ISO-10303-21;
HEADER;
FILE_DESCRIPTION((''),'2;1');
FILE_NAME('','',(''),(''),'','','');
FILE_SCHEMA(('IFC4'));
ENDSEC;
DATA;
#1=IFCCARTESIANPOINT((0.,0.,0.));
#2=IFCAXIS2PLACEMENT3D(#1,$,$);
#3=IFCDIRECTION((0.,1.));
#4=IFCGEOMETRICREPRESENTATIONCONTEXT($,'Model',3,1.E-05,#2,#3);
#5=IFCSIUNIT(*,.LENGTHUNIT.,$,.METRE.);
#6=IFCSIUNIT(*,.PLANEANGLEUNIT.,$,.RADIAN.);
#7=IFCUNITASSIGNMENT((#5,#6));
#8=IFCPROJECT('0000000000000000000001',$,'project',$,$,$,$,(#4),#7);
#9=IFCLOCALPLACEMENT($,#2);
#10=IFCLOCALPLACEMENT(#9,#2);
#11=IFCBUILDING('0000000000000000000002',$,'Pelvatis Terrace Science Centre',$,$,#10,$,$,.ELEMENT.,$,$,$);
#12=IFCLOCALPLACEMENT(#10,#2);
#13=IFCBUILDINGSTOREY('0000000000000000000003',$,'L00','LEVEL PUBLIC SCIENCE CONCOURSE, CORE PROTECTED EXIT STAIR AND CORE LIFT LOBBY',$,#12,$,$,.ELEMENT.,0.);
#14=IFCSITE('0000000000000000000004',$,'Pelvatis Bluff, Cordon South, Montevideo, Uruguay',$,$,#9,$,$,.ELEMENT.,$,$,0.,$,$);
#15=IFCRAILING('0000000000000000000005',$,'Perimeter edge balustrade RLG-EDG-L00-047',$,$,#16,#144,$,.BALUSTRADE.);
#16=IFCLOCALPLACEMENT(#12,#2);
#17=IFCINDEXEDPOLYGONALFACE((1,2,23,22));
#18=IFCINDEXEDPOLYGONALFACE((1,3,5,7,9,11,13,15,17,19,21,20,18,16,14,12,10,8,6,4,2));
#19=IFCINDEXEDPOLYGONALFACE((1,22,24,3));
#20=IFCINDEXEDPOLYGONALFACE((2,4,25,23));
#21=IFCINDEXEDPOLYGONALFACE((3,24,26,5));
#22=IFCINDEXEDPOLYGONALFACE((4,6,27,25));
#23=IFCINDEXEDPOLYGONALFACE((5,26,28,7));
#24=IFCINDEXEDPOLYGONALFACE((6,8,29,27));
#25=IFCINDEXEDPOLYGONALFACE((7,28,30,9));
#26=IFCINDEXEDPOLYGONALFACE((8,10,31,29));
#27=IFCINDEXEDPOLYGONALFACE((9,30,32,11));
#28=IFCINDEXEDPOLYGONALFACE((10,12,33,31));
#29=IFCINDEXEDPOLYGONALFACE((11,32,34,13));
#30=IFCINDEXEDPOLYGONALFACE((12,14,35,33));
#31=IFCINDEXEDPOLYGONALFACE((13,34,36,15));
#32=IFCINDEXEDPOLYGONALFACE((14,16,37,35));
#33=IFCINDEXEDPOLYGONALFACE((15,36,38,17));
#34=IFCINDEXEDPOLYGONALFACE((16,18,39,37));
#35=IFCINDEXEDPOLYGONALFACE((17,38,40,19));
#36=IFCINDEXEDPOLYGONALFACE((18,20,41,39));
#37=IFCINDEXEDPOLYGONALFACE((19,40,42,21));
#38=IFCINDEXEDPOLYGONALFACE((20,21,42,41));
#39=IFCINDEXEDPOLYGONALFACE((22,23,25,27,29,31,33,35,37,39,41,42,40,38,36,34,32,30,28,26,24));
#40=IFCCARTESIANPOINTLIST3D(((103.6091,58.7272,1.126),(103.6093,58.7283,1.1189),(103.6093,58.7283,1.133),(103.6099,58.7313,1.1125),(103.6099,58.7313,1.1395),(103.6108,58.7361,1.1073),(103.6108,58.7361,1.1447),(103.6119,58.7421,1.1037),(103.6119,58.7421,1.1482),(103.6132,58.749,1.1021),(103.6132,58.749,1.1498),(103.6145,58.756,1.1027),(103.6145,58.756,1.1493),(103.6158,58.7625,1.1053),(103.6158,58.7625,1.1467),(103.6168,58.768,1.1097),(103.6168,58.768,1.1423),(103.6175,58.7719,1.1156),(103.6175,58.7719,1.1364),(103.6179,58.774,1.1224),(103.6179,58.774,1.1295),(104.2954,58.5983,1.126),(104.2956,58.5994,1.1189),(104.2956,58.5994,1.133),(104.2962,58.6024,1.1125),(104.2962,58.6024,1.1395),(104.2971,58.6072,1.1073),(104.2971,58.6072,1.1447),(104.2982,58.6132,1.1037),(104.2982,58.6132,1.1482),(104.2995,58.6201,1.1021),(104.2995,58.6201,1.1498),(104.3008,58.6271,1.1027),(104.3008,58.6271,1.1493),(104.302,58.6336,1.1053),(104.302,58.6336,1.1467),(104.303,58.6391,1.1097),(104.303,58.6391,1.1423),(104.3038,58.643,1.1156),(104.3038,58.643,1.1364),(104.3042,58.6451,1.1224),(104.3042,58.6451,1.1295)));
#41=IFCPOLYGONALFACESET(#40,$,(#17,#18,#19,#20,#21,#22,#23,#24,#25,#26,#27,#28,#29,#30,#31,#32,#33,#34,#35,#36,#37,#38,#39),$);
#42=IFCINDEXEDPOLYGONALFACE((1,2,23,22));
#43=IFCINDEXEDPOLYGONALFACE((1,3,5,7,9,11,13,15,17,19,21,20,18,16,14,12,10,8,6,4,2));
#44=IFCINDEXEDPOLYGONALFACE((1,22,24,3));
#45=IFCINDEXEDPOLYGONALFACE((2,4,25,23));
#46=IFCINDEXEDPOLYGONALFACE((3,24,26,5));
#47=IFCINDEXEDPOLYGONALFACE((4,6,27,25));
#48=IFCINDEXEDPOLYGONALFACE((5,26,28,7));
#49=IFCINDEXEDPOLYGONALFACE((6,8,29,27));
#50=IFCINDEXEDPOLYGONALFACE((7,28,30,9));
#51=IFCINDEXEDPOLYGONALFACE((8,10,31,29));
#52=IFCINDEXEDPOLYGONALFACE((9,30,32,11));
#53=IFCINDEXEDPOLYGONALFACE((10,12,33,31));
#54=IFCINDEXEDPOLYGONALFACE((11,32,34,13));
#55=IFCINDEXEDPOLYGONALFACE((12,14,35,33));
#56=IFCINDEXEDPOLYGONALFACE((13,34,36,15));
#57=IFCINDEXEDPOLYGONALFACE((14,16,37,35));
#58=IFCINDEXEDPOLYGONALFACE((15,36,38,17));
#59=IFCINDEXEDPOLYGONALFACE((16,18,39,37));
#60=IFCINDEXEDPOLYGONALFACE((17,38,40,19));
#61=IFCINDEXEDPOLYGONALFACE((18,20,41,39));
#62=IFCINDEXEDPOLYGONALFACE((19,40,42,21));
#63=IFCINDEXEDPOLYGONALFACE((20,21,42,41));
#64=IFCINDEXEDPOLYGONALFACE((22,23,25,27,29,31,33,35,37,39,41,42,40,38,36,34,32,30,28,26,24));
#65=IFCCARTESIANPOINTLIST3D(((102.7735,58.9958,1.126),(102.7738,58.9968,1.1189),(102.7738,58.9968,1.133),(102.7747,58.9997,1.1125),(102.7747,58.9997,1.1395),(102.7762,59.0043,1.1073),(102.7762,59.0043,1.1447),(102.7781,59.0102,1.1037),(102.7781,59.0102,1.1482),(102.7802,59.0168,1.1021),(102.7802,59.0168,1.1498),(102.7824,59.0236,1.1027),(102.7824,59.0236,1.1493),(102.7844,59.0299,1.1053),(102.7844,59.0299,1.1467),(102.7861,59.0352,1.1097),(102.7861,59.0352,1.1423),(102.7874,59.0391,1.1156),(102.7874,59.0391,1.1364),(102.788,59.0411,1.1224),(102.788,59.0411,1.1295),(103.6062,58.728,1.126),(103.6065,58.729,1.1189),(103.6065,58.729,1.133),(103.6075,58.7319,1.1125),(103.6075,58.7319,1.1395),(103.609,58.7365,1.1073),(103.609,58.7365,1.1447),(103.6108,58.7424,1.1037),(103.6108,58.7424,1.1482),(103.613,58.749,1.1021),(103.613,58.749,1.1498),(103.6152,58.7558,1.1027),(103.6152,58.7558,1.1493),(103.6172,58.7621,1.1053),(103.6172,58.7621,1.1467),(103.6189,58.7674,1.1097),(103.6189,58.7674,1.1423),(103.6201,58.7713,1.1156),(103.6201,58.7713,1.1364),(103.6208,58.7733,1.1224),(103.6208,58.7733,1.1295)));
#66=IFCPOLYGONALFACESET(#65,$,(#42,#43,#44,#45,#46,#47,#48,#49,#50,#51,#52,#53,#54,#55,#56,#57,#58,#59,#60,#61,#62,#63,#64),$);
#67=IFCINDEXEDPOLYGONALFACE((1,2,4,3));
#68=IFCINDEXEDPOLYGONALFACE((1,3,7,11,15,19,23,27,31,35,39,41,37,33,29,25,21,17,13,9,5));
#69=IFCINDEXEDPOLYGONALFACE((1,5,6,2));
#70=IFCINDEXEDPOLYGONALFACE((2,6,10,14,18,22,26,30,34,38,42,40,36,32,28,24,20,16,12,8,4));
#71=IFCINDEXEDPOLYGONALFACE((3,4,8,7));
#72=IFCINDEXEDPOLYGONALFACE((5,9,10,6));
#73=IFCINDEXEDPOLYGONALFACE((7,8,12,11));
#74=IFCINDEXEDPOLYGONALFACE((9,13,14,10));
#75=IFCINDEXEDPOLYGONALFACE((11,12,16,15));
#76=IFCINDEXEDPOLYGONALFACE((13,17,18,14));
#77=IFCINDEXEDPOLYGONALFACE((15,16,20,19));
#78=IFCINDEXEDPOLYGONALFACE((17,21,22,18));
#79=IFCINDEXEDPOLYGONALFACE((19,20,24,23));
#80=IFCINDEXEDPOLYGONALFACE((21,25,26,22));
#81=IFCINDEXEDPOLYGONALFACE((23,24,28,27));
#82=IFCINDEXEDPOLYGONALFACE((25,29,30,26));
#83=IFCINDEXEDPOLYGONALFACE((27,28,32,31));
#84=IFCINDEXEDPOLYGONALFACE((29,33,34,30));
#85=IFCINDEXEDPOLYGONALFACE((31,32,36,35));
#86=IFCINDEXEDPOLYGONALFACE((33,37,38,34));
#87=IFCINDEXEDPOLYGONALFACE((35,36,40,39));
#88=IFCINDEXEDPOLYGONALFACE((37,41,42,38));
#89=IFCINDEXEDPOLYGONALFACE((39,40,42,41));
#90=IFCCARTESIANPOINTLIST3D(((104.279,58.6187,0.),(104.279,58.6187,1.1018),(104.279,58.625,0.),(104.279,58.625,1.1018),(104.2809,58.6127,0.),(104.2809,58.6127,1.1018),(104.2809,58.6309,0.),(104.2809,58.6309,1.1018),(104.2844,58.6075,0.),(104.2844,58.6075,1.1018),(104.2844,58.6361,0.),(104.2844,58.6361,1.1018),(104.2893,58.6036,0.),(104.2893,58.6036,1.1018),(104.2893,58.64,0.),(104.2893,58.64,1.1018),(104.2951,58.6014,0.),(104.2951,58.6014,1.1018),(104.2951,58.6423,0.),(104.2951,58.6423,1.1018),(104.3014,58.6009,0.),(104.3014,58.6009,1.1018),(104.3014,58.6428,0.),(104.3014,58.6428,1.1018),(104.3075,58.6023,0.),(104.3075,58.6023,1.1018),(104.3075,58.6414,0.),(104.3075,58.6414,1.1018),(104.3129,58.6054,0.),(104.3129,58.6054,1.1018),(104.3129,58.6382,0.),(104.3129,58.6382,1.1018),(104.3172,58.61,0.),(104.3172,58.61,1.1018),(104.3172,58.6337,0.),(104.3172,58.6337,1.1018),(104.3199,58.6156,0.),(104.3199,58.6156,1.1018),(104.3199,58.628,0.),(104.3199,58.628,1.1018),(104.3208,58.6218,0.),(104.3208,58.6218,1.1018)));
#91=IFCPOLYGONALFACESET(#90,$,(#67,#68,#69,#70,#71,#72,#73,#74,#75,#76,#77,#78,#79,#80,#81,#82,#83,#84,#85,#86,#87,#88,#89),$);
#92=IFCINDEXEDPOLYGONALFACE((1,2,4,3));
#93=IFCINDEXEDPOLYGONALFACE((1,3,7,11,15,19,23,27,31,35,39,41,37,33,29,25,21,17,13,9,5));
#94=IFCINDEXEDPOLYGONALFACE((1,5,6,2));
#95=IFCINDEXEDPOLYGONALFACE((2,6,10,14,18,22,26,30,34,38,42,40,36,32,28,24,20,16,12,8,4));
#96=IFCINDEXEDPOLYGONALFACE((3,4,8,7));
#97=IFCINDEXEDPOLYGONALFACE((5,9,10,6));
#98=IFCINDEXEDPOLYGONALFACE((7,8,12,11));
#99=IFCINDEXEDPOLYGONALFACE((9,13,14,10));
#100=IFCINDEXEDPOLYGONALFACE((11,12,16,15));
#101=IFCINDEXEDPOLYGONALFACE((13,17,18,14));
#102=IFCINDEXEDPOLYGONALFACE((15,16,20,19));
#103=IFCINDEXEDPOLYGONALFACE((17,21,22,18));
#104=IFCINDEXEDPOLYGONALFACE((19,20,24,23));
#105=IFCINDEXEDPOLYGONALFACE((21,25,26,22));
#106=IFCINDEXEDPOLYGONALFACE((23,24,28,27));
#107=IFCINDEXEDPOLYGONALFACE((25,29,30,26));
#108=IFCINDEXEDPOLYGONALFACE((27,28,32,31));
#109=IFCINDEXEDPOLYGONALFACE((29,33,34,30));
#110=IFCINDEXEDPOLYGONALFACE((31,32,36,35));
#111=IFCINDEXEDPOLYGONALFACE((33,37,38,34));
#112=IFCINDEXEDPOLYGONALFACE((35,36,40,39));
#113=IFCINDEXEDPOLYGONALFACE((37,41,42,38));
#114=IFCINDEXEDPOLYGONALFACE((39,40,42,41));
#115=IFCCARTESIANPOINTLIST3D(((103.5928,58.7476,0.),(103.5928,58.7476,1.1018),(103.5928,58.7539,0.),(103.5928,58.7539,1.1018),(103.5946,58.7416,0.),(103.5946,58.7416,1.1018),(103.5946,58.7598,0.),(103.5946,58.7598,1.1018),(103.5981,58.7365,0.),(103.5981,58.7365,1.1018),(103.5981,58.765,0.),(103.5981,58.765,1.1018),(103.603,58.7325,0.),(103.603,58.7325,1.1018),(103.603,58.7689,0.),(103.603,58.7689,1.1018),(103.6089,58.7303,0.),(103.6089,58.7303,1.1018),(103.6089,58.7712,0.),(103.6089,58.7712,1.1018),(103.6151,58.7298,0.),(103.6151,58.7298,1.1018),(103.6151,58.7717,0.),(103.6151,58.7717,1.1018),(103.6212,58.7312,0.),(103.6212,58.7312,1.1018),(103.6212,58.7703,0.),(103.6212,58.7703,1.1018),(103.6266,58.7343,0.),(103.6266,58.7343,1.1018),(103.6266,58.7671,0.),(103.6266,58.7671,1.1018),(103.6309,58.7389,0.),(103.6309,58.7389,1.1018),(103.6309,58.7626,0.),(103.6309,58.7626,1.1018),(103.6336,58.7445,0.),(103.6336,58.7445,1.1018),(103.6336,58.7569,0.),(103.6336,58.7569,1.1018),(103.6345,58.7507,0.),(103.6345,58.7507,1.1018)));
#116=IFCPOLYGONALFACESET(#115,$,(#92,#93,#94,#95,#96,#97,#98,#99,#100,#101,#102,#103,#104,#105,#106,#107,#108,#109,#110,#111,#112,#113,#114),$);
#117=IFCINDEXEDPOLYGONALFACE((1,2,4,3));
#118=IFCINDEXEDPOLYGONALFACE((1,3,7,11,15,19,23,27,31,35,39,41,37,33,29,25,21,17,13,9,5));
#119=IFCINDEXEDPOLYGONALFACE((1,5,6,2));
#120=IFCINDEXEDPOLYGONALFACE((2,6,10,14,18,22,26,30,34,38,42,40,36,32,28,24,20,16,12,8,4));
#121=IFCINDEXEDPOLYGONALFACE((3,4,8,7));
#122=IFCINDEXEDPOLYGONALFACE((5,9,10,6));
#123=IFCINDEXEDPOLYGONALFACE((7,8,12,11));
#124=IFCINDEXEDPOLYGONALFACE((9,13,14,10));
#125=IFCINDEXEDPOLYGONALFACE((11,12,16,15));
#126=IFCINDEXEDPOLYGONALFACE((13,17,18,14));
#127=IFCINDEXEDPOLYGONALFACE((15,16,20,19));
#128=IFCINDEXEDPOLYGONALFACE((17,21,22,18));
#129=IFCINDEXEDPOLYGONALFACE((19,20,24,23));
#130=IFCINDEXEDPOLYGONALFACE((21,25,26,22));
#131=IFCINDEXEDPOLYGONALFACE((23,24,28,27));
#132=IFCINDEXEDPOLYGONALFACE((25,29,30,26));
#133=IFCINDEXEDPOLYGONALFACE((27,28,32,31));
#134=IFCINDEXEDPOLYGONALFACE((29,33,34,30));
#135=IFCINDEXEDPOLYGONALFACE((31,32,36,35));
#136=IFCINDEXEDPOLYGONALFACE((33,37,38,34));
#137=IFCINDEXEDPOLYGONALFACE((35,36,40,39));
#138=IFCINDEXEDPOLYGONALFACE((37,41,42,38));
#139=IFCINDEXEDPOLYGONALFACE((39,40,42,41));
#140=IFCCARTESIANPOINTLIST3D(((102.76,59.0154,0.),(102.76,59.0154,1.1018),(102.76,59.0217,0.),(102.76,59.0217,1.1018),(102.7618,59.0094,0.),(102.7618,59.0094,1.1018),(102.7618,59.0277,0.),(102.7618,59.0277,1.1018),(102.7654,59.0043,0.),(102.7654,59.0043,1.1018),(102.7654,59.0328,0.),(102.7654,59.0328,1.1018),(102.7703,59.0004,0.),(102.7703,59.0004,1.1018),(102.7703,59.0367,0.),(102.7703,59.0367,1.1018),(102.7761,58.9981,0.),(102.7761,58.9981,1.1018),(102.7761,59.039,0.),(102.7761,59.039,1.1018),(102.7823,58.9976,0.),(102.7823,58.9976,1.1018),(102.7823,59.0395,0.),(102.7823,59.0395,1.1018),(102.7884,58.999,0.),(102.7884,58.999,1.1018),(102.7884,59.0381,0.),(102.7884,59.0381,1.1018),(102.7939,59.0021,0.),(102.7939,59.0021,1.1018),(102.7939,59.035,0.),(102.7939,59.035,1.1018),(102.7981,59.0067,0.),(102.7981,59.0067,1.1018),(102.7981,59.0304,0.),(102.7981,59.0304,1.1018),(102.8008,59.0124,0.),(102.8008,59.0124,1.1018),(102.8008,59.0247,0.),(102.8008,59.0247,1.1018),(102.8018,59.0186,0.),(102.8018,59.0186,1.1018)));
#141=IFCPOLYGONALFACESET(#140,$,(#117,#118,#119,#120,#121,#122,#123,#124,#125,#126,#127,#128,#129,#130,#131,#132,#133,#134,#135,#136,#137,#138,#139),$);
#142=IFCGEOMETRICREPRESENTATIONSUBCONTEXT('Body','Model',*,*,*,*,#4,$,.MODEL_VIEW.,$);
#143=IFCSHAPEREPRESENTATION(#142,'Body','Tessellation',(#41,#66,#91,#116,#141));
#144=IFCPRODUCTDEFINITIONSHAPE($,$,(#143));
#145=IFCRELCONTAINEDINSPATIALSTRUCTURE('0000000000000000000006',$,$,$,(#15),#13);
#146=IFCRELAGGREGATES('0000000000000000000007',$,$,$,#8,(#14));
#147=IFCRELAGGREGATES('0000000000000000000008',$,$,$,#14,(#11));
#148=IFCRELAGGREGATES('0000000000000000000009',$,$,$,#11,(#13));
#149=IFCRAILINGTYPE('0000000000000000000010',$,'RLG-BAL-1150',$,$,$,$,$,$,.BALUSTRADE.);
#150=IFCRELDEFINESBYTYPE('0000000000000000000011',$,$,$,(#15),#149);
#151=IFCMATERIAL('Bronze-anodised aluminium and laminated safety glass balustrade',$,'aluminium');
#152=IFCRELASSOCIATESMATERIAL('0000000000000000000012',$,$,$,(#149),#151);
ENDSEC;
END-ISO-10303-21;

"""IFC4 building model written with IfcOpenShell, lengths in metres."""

from ifc_helpers import new_model, si_unit, direction, frame, origin, origin_2d, place, context, subcontext, project, spatial, circle, extrude, material, type_object, element, save


model = new_model("IFC4")

# Units and contexts
model_context = context("Model", 3, precision=1e-05, world=origin(), true_north=direction((0.0, 1.0)))
body_context = subcontext(model_context, "Body", "Model", "MODEL_VIEW")
ifc_project = project(units=[si_unit("LENGTHUNIT", "METRE"), si_unit("PLANEANGLEUNIT", "RADIAN")], contexts=[model_context])

# Site, building, storey
site_placement = place(None, origin())
site = spatial("IfcSite", under=ifc_project, at=site_placement, Name="Pelvatis Bluff, Cordon South, Montevideo, Uruguay", CompositionType="ELEMENT", RefElevation=0.0)
building_placement = place(site_placement, origin())
building = spatial("IfcBuilding", under=site, at=building_placement, Name="Pelvatis Terrace Science Centre", CompositionType="ELEMENT")
storey_placement = place(building_placement, origin())
storey = spatial("IfcBuildingStorey", under=building, at=storey_placement, Name="L00", Description="LEVEL PUBLIC SCIENCE CONCOURSE, CORE PROTECTED EXIT STAIR AND CORE LIFT LOBBY", CompositionType="ELEMENT", Elevation=0.0)

# Railing
ifc_material_1 = material(Name="Bronze-anodised aluminium and laminated safety glass balustrade", Category="aluminium")
railing_type = type_object("IfcRailingType", Name="RLG-BAL-1150", PredefinedType="BALUSTRADE", material=ifc_material_1)
railing_1_placement = place(storey_placement, frame((104.2998, 58.6218, 0.0)))
element("IfcRailing", 1, at=railing_1_placement, inside=storey, type_object=railing_type, Name="Perimeter edge balustrade RLG-EDG-L00-047", PredefinedType="BALUSTRADE", context=body_context, shape_type="SweptSolid", body=[
    extrude(circle(Radius=0.0239, at=origin_2d()), frame((0.0, 0.0, 1.126), z_axis=(-0.982813, 0.184605, 0.0), x_axis=(-0.184605, -0.982813, 0.0)), (0.0, 0.0, 1.0), 0.6982),
    extrude(circle(Radius=0.0239, at=origin_2d()), frame((-0.6863, 0.1289, 1.126), z_axis=(-0.951979, 0.306163, 0.0), x_axis=(-0.306163, -0.951979, 0.0)), (0.0, 0.0, 1.0), 0.8748),
    extrude(circle(Radius=0.021, at=origin_2d()), origin(), (0.0, 0.0, 1.0), 1.1018),
    extrude(circle(Radius=0.021, at=origin_2d()), frame((-0.6863, 0.1289, 0.0)), (0.0, 0.0, 1.0), 1.1018),
    extrude(circle(Radius=0.021, at=origin_2d()), frame((-1.519, 0.3967, 0.0)), (0.0, 0.0, 1.0), 1.1018),
])

save(model, "model.ifc")
